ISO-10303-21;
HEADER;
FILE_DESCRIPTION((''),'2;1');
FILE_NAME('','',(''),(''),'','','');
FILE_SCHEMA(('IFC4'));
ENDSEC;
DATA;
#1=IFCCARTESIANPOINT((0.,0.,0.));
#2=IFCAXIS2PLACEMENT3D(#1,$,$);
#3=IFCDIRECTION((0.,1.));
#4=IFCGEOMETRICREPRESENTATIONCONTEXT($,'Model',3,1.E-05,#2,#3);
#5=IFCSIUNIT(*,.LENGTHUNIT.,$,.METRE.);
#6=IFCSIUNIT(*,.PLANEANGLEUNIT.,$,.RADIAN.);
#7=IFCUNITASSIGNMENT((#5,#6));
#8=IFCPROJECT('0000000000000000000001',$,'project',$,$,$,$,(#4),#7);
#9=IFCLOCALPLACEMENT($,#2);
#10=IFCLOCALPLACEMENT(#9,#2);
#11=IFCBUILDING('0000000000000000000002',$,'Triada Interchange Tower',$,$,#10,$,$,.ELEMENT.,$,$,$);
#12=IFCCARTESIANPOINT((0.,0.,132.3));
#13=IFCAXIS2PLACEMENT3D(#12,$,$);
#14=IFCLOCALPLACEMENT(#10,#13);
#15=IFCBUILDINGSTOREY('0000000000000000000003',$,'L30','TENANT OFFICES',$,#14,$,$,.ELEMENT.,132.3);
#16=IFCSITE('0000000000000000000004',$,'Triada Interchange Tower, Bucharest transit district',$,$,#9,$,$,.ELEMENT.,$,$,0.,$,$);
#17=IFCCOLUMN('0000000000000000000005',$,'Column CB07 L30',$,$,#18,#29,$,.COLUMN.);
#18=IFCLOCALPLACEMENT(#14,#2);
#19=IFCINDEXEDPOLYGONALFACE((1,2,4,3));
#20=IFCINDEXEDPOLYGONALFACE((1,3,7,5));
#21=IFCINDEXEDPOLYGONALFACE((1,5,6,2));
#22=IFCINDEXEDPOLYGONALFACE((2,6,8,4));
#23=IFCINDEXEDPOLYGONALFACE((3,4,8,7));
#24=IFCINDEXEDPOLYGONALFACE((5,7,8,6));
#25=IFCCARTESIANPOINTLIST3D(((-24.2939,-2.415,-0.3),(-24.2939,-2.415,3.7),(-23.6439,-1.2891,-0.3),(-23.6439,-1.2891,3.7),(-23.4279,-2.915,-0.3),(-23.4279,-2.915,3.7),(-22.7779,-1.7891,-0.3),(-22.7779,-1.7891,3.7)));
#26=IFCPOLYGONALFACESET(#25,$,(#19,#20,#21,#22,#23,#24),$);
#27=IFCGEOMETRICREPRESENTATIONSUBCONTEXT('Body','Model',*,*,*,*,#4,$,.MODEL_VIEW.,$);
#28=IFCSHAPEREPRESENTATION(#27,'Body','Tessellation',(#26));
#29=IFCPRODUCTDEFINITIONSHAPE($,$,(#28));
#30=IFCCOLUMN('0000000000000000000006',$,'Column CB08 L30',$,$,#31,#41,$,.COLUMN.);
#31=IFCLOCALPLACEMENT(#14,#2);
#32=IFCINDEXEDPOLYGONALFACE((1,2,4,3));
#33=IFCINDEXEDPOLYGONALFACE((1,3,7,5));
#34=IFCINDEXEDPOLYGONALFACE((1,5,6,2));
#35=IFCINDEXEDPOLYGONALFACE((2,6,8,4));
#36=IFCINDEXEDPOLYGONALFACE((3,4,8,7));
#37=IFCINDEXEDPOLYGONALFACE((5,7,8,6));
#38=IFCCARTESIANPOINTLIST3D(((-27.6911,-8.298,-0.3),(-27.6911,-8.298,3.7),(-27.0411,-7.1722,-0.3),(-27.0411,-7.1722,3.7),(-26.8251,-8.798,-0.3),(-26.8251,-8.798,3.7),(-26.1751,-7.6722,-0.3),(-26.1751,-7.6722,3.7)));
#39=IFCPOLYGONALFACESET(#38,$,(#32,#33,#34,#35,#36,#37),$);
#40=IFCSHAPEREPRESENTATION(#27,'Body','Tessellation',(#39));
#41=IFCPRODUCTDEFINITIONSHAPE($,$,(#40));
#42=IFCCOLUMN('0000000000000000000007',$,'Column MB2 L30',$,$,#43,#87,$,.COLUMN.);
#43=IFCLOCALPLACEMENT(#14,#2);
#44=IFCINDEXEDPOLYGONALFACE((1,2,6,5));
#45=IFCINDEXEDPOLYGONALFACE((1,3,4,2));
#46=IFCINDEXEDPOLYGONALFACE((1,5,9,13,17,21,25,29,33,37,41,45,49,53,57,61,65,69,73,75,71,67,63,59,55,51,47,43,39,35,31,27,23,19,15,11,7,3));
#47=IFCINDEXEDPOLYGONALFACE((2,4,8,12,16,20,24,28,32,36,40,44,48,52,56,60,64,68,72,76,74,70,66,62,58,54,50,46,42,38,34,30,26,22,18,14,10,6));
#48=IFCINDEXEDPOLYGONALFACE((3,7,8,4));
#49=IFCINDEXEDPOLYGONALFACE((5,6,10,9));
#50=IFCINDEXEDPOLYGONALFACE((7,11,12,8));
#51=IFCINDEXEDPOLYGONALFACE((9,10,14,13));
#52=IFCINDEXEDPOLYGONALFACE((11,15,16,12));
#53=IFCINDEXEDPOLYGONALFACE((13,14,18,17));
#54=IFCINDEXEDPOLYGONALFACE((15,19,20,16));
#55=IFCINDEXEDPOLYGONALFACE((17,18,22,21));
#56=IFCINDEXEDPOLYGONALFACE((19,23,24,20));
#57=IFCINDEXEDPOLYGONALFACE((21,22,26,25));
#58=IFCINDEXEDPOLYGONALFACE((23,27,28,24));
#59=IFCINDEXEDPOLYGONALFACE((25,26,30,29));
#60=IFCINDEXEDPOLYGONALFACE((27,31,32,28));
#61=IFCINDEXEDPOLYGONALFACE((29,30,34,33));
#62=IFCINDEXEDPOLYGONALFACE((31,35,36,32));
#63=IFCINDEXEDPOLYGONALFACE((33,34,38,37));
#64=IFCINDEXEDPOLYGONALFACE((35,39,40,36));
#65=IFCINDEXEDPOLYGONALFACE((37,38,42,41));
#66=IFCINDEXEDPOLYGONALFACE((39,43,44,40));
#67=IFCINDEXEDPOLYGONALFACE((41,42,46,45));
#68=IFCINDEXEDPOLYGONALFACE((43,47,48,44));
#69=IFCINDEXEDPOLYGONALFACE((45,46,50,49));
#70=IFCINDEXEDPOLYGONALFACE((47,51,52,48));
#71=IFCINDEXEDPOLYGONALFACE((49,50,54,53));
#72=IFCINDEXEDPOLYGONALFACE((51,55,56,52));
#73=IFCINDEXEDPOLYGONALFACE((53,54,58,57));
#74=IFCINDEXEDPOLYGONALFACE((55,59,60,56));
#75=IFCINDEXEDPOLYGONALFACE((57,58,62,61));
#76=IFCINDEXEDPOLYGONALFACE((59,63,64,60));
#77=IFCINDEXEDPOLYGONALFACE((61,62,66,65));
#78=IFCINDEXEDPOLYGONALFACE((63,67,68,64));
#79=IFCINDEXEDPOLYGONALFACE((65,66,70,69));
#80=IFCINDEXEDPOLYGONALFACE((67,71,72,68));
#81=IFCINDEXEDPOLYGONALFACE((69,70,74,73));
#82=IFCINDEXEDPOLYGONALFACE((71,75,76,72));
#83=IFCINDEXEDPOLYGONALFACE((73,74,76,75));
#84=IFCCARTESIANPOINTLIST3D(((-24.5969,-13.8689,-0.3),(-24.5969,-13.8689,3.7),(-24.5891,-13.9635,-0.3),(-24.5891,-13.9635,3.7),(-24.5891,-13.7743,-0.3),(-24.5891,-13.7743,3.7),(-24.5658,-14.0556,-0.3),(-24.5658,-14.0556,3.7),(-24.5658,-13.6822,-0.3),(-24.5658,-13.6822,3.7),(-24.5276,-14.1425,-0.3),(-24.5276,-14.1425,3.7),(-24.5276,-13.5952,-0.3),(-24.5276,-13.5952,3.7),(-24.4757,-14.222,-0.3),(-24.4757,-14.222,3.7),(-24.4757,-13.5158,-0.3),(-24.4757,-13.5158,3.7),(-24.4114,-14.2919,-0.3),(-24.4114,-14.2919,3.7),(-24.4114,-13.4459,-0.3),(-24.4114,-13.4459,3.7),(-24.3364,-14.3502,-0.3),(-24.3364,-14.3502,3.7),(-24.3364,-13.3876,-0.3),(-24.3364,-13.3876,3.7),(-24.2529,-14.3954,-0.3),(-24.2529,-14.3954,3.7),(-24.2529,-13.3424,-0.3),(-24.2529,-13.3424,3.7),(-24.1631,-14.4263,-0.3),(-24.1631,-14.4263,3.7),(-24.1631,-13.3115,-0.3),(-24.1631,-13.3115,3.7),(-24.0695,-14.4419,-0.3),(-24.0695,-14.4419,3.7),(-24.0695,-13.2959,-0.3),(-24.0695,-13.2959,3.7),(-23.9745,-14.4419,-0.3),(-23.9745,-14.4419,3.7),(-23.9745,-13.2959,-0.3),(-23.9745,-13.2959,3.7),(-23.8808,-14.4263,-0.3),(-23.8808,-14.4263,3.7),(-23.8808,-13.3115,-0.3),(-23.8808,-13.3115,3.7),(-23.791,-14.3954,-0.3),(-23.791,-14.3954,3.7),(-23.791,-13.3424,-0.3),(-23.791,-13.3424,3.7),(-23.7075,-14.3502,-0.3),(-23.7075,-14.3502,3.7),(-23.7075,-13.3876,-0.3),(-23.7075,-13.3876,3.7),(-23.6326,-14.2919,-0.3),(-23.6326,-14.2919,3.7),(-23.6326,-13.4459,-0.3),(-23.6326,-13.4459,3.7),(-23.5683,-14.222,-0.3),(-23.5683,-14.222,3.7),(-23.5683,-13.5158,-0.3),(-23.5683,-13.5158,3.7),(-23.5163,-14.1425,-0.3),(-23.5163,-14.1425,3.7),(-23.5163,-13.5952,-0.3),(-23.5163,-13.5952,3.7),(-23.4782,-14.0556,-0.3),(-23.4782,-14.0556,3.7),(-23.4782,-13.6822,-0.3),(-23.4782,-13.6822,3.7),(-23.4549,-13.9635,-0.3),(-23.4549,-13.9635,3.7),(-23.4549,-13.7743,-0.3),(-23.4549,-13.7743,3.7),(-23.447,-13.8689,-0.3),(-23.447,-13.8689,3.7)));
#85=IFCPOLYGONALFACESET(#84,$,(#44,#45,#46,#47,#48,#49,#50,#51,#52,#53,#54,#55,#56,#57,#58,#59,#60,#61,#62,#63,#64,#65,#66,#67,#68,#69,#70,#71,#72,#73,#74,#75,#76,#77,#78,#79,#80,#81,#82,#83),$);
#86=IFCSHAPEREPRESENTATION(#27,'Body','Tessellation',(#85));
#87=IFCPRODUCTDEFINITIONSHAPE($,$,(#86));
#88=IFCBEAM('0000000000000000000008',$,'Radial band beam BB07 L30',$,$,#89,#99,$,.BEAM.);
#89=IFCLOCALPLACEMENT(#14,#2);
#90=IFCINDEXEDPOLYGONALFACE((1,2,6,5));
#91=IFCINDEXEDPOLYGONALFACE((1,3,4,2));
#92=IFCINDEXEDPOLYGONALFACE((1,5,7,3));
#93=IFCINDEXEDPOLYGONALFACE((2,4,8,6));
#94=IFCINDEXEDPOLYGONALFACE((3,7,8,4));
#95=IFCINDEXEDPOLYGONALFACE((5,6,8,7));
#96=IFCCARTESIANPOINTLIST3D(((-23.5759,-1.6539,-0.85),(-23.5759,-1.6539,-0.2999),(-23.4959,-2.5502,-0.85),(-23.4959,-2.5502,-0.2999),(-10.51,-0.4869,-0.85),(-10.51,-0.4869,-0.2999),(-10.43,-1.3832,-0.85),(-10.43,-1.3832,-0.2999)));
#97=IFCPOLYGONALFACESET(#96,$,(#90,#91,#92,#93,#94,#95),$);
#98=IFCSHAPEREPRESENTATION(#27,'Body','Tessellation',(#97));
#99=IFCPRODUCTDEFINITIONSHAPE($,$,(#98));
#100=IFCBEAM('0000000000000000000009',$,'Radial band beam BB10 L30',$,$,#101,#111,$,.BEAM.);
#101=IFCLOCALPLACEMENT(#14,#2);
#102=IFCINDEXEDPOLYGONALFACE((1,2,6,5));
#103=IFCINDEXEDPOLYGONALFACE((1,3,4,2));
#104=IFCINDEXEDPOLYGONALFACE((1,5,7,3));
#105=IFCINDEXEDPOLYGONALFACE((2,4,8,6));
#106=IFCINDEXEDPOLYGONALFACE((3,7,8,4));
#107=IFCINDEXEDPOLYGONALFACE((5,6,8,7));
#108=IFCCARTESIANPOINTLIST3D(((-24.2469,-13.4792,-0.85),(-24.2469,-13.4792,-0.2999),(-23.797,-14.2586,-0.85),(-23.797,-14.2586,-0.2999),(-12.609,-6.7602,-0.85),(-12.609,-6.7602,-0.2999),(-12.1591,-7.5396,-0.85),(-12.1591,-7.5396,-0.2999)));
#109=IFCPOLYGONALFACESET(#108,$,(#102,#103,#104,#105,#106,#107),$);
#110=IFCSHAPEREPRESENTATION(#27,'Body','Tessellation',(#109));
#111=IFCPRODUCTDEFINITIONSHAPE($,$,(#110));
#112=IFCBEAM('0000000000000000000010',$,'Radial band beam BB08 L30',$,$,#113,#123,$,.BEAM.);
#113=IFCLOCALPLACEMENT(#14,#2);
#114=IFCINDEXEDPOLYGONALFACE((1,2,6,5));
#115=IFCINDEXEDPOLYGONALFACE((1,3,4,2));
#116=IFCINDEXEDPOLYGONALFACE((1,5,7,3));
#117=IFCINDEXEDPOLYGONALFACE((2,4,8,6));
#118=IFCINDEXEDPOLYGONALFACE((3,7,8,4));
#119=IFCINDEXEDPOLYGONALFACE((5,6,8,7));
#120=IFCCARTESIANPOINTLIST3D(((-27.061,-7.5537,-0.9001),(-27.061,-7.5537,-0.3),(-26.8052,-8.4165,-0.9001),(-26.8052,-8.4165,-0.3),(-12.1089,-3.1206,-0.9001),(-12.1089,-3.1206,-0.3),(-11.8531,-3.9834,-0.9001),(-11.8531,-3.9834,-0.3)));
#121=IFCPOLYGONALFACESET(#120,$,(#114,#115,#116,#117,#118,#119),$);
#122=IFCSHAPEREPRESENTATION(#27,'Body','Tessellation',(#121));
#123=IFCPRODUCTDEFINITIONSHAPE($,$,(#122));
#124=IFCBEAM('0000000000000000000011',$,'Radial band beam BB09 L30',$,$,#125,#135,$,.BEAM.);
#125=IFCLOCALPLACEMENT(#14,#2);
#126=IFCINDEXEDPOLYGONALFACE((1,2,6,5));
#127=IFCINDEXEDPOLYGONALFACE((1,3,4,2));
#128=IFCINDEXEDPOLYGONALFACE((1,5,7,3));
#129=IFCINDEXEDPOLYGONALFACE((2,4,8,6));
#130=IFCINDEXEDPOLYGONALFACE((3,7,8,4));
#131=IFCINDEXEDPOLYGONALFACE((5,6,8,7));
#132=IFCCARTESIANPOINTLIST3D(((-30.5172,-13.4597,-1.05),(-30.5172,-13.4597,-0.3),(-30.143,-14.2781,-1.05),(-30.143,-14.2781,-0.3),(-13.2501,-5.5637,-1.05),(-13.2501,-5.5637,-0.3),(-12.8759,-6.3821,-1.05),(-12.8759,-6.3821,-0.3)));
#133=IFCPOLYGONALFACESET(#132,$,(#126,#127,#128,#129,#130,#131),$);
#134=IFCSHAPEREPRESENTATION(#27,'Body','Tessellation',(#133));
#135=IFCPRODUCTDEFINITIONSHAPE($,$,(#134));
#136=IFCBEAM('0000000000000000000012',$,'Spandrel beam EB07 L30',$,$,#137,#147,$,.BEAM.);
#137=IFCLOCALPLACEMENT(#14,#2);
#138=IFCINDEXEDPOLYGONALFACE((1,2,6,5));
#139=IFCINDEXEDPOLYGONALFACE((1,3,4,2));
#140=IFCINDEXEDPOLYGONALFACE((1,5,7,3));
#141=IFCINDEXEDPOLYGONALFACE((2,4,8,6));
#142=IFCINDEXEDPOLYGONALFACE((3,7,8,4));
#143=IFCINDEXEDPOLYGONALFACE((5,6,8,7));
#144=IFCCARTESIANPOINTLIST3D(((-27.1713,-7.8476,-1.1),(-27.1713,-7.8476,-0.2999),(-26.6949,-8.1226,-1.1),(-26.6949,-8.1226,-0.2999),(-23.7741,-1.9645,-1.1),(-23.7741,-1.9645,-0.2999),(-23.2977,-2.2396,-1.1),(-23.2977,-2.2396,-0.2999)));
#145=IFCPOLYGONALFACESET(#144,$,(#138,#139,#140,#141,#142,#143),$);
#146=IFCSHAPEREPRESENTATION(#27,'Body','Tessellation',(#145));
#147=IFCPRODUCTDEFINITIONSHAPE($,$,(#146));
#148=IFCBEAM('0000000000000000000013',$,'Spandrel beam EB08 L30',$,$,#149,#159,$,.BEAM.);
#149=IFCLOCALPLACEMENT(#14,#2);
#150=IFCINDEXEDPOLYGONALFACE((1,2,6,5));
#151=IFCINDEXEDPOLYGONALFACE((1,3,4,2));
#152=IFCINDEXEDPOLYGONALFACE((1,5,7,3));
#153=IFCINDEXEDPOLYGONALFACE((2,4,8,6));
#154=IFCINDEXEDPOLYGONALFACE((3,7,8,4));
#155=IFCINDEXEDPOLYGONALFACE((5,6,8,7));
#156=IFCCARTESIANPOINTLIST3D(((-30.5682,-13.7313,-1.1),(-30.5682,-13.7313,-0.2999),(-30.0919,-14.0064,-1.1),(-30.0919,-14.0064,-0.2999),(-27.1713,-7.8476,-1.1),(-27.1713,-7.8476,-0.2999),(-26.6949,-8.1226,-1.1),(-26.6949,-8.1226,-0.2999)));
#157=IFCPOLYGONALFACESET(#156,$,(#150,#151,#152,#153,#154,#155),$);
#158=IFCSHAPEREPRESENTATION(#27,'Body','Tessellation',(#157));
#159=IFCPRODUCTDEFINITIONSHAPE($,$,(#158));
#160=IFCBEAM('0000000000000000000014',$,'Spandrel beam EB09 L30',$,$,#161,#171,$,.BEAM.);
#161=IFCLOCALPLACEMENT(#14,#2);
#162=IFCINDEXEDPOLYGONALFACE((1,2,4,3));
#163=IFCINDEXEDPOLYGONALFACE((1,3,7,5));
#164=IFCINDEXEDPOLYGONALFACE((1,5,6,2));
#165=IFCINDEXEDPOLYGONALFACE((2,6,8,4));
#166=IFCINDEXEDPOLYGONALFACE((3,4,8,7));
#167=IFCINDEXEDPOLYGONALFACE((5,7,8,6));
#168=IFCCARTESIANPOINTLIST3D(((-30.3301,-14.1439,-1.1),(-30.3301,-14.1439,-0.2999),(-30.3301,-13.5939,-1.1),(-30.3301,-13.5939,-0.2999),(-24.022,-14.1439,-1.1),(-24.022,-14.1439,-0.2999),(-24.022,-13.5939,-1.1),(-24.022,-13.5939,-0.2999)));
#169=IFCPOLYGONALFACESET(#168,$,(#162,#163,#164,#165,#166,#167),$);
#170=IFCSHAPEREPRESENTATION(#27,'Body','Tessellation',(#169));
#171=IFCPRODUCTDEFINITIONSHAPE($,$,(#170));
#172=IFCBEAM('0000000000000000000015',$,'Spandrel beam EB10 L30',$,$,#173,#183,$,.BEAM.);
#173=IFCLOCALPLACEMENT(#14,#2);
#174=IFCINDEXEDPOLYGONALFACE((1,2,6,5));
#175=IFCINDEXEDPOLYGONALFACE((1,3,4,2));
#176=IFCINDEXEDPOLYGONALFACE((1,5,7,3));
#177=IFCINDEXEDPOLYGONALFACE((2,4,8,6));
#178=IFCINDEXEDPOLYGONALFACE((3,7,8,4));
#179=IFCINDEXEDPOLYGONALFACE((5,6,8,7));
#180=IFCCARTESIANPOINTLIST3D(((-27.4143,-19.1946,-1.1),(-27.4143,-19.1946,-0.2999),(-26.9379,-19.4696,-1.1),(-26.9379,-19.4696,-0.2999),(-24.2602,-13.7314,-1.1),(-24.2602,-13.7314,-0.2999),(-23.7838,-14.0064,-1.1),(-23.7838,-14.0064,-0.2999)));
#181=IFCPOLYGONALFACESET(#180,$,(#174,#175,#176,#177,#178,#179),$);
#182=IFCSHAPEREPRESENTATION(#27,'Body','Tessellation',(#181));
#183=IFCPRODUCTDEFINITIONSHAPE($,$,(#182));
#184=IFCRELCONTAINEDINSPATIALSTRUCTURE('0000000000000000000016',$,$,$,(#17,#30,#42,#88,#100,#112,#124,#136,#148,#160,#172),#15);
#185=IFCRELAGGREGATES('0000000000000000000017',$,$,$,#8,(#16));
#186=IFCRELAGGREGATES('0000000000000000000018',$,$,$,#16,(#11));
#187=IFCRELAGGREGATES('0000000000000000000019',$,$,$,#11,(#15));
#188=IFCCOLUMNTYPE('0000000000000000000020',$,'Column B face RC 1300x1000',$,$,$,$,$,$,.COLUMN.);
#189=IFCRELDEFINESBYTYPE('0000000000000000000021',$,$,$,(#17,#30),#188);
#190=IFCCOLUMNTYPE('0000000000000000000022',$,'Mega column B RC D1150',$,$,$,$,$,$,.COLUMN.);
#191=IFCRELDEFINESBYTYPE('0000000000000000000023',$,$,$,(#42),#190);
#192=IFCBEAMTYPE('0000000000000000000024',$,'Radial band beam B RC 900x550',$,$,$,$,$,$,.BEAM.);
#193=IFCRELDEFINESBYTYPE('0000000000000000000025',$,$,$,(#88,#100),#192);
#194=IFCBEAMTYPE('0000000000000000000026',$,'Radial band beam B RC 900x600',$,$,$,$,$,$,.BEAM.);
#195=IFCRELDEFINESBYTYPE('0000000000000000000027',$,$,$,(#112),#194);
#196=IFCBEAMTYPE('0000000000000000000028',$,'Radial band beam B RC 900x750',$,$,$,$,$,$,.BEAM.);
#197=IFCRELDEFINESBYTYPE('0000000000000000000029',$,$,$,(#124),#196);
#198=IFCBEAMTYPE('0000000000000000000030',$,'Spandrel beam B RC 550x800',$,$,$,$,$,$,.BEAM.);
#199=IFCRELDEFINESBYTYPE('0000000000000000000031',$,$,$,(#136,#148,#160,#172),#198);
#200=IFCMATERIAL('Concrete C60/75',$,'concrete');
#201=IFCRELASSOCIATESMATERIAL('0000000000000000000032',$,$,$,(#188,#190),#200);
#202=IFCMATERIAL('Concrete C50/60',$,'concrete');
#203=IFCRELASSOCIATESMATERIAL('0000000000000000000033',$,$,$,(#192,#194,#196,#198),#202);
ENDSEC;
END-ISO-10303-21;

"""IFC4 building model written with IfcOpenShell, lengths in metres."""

from ifc_helpers import new_model, si_unit, direction, frame, origin, origin_2d, place, context, subcontext, project, spatial, rectangle, circle, extrude, material, material_profile, profile_set, type_object, element, save


model = new_model("IFC4")

# Units and contexts
model_context = context("Model", 3, precision=1e-05, world=origin(), true_north=direction((0.0, 1.0)))
body_context = subcontext(model_context, "Body", "Model", "MODEL_VIEW")
ifc_project = project(units=[si_unit("LENGTHUNIT", "METRE"), si_unit("PLANEANGLEUNIT", "RADIAN")], contexts=[model_context])

# Site, building, storey
site_placement = place(None, origin())
site = spatial("IfcSite", under=ifc_project, at=site_placement, Name="Triada Interchange Tower, Bucharest transit district", CompositionType="ELEMENT", RefElevation=0.0)
building_placement = place(site_placement, origin())
building = spatial("IfcBuilding", under=site, at=building_placement, Name="Triada Interchange Tower", CompositionType="ELEMENT")
storey_placement = place(building_placement, frame((0.0, 0.0, 132.3)))
storey = spatial("IfcBuildingStorey", under=building, at=storey_placement, Name="L30", Description="TENANT OFFICES", CompositionType="ELEMENT", Elevation=132.3)

# Columns
ifc_material_1 = material(Name="Concrete C60/75", Category="concrete")
ifc_material_profile_1 = material_profile(ifc_material_1, rectangle(XDim=1.3, YDim=1.0, at=origin_2d()), Name="RC 1300x1000")
ifc_profile_set_1 = profile_set([ifc_material_profile_1], Name="Concrete C60/75")
column_type_1 = type_object("IfcColumnType", Name="Column B face RC 1300x1000", PredefinedType="COLUMN", material=ifc_profile_set_1)
for number, where, z_axis, x_axis, name in (
    (1, (-23.5359, -2.1021, -0.3), (0.0, 0.0, 1.0), (0.5, 0.866025, 0.0), "Column CB07 L30"),
    (2, (-26.9331, -7.9851, -0.3), (0.0, 0.0, 1.0), (0.5, 0.866025, 0.0), "Column CB08 L30"),
):
    element("IfcColumn", number, at=place(storey_placement, frame(where, z_axis=z_axis, x_axis=x_axis)), inside=storey, type_object=column_type_1, Name=name, PredefinedType="COLUMN", context=body_context, shape_type="SweptSolid", body=[
        extrude(rectangle(XDim=1.3, YDim=1.0, at=origin_2d()), origin(), (0.0, 0.0, 1.0), 4.0),
    ])
ifc_material_profile_2 = material_profile(ifc_material_1, circle(Radius=0.575, at=origin_2d()), Name="RC D1150")
ifc_profile_set_2 = profile_set([ifc_material_profile_2], Name="Concrete C60/75")
column_type_2 = type_object("IfcColumnType", Name="Mega column B RC D1150", PredefinedType="COLUMN", material=ifc_profile_set_2)
column_placement = place(storey_placement, frame((-24.022, -13.8689, -0.3), z_axis=(0.0, 0.0, 1.0), x_axis=(1.0, 0.0, 0.0)))
element("IfcColumn", 3, at=column_placement, inside=storey, type_object=column_type_2, Name="Column MB2 L30", PredefinedType="COLUMN", context=body_context, shape_type="SweptSolid", body=[
    extrude(circle(Radius=0.575, at=origin_2d()), origin(), (0.0, 0.0, 1.0), 4.0),
])

# Beams
ifc_material_2 = material(Name="Concrete C50/60", Category="concrete")
ifc_material_profile_3 = material_profile(ifc_material_2, rectangle(XDim=0.8999, YDim=0.55, at=origin_2d()), Name="RC 900x550")
ifc_profile_set_3 = profile_set([ifc_material_profile_3], Name="Concrete C50/60")
beam_type_1 = type_object("IfcBeamType", Name="Radial band beam B RC 900x550", PredefinedType="BEAM", material=ifc_profile_set_3)
beam_1_placement = place(storey_placement, frame((-23.5359, -2.1021, -0.575), z_axis=(0.996035, 0.088962, 0.0), x_axis=(-0.088962, 0.996035, 0.0)))
element("IfcBeam", 4, at=beam_1_placement, inside=storey, type_object=beam_type_1, Name="Radial band beam BB07 L30", PredefinedType="BEAM", context=body_context, shape_type="SweptSolid", body=[
    extrude(rectangle(XDim=0.8999, YDim=0.55, at=origin_2d()), origin(), (0.0, 0.0, 1.0), 13.1179),
])
beam_2_placement = place(storey_placement, frame((-24.022, -13.8689, -0.575), z_axis=(0.866031, 0.49999, 0.0), x_axis=(-0.49999, 0.866031, 0.0)))
element("IfcBeam", 5, at=beam_2_placement, inside=storey, type_object=beam_type_1, Name="Radial band beam BB10 L30", PredefinedType="BEAM", context=body_context, shape_type="SweptSolid", body=[
    extrude(rectangle(XDim=0.8999, YDim=0.55, at=origin_2d()), origin(), (0.0, 0.0, 1.0), 13.4382),
])
ifc_material_profile_4 = material_profile(ifc_material_2, rectangle(XDim=0.8999, YDim=0.6001, at=origin_2d()), Name="RC 900x600")
ifc_profile_set_4 = profile_set([ifc_material_profile_4], Name="Concrete C50/60")
beam_type_2 = type_object("IfcBeamType", Name="Radial band beam B RC 900x600", PredefinedType="BEAM", material=ifc_profile_set_4)
beam_3_placement = place(storey_placement, frame((-26.9331, -7.9851, -0.6001), z_axis=(0.958749, 0.284256, 0.0), x_axis=(-0.284256, 0.958749, 0.0)))
element("IfcBeam", 6, at=beam_3_placement, inside=storey, type_object=beam_type_2, Name="Radial band beam BB08 L30", PredefinedType="BEAM", context=body_context, shape_type="SweptSolid", body=[
    extrude(rectangle(XDim=0.8999, YDim=0.6001, at=origin_2d()), origin(), (0.0, 0.0, 1.0), 15.5955),
])
ifc_material_profile_5 = material_profile(ifc_material_2, rectangle(XDim=0.8999, YDim=0.75, at=origin_2d()), Name="RC 900x750")
ifc_profile_set_5 = profile_set([ifc_material_profile_5], Name="Concrete C50/60")
beam_type_3 = type_object("IfcBeamType", Name="Radial band beam B RC 900x750", PredefinedType="BEAM", material=ifc_profile_set_5)
beam_4_placement = place(storey_placement, frame((-30.3301, -13.8689, -0.675), z_axis=(0.909425, 0.415867, 0.0), x_axis=(-0.415867, 0.909425, 0.0)))
element("IfcBeam", 7, at=beam_4_placement, inside=storey, type_object=beam_type_3, Name="Radial band beam BB09 L30", PredefinedType="BEAM", context=body_context, shape_type="SweptSolid", body=[
    extrude(rectangle(XDim=0.8999, YDim=0.75, at=origin_2d()), origin(), (0.0, 0.0, 1.0), 18.9868),
])
ifc_material_profile_6 = material_profile(ifc_material_2, rectangle(XDim=0.55, YDim=0.8, at=origin_2d()), Name="RC 550x800")
ifc_profile_set_6 = profile_set([ifc_material_profile_6], Name="Concrete C50/60")
beam_type_4 = type_object("IfcBeamType", Name="Spandrel beam B RC 550x800", PredefinedType="BEAM", material=ifc_profile_set_6)
beam_5_placement = place(storey_placement, frame((-23.5359, -2.1021, -0.7), z_axis=(-0.50007, -0.865985, 0.0), x_axis=(0.865985, -0.50007, 0.0)))
element("IfcBeam", 8, at=beam_5_placement, inside=storey, type_object=beam_type_4, Name="Spandrel beam EB07 L30", PredefinedType="BEAM", context=body_context, shape_type="SweptSolid", body=[
    extrude(rectangle(XDim=0.55, YDim=0.8, at=origin_2d()), origin(), (0.0, 0.0, 1.0), 6.7935),
])
beam_6_placement = place(storey_placement, frame((-26.9331, -7.9851, -0.7), z_axis=(-0.499996, -0.866028, 0.0), x_axis=(0.866028, -0.499996, 0.0)))
element("IfcBeam", 9, at=beam_6_placement, inside=storey, type_object=beam_type_4, Name="Spandrel beam EB08 L30", PredefinedType="BEAM", context=body_context, shape_type="SweptSolid", body=[
    extrude(rectangle(XDim=0.55, YDim=0.8, at=origin_2d()), origin(), (0.0, 0.0, 1.0), 6.7939),
])
beam_7_placement = place(storey_placement, frame((-30.3301, -13.8689, -0.7), z_axis=(1.0, 0.0, 0.0), x_axis=(0.0, 1.0, 0.0)))
element("IfcBeam", 10, at=beam_7_placement, inside=storey, type_object=beam_type_4, Name="Spandrel beam EB09 L30", PredefinedType="BEAM", context=body_context, shape_type="SweptSolid", body=[
    extrude(rectangle(XDim=0.55, YDim=0.8, at=origin_2d()), origin(), (0.0, 0.0, 1.0), 6.3081),
])
beam_8_placement = place(storey_placement, frame((-24.022, -13.8689, -0.7), z_axis=(-0.499989, -0.866032, 0.0), x_axis=(0.866032, -0.499989, 0.0)))
element("IfcBeam", 11, at=beam_8_placement, inside=storey, type_object=beam_type_4, Name="Spandrel beam EB10 L30", PredefinedType="BEAM", context=body_context, shape_type="SweptSolid", body=[
    extrude(rectangle(XDim=0.55, YDim=0.8, at=origin_2d()), origin(), (0.0, 0.0, 1.0), 6.3083),
])

save(model, "model.ifc")
